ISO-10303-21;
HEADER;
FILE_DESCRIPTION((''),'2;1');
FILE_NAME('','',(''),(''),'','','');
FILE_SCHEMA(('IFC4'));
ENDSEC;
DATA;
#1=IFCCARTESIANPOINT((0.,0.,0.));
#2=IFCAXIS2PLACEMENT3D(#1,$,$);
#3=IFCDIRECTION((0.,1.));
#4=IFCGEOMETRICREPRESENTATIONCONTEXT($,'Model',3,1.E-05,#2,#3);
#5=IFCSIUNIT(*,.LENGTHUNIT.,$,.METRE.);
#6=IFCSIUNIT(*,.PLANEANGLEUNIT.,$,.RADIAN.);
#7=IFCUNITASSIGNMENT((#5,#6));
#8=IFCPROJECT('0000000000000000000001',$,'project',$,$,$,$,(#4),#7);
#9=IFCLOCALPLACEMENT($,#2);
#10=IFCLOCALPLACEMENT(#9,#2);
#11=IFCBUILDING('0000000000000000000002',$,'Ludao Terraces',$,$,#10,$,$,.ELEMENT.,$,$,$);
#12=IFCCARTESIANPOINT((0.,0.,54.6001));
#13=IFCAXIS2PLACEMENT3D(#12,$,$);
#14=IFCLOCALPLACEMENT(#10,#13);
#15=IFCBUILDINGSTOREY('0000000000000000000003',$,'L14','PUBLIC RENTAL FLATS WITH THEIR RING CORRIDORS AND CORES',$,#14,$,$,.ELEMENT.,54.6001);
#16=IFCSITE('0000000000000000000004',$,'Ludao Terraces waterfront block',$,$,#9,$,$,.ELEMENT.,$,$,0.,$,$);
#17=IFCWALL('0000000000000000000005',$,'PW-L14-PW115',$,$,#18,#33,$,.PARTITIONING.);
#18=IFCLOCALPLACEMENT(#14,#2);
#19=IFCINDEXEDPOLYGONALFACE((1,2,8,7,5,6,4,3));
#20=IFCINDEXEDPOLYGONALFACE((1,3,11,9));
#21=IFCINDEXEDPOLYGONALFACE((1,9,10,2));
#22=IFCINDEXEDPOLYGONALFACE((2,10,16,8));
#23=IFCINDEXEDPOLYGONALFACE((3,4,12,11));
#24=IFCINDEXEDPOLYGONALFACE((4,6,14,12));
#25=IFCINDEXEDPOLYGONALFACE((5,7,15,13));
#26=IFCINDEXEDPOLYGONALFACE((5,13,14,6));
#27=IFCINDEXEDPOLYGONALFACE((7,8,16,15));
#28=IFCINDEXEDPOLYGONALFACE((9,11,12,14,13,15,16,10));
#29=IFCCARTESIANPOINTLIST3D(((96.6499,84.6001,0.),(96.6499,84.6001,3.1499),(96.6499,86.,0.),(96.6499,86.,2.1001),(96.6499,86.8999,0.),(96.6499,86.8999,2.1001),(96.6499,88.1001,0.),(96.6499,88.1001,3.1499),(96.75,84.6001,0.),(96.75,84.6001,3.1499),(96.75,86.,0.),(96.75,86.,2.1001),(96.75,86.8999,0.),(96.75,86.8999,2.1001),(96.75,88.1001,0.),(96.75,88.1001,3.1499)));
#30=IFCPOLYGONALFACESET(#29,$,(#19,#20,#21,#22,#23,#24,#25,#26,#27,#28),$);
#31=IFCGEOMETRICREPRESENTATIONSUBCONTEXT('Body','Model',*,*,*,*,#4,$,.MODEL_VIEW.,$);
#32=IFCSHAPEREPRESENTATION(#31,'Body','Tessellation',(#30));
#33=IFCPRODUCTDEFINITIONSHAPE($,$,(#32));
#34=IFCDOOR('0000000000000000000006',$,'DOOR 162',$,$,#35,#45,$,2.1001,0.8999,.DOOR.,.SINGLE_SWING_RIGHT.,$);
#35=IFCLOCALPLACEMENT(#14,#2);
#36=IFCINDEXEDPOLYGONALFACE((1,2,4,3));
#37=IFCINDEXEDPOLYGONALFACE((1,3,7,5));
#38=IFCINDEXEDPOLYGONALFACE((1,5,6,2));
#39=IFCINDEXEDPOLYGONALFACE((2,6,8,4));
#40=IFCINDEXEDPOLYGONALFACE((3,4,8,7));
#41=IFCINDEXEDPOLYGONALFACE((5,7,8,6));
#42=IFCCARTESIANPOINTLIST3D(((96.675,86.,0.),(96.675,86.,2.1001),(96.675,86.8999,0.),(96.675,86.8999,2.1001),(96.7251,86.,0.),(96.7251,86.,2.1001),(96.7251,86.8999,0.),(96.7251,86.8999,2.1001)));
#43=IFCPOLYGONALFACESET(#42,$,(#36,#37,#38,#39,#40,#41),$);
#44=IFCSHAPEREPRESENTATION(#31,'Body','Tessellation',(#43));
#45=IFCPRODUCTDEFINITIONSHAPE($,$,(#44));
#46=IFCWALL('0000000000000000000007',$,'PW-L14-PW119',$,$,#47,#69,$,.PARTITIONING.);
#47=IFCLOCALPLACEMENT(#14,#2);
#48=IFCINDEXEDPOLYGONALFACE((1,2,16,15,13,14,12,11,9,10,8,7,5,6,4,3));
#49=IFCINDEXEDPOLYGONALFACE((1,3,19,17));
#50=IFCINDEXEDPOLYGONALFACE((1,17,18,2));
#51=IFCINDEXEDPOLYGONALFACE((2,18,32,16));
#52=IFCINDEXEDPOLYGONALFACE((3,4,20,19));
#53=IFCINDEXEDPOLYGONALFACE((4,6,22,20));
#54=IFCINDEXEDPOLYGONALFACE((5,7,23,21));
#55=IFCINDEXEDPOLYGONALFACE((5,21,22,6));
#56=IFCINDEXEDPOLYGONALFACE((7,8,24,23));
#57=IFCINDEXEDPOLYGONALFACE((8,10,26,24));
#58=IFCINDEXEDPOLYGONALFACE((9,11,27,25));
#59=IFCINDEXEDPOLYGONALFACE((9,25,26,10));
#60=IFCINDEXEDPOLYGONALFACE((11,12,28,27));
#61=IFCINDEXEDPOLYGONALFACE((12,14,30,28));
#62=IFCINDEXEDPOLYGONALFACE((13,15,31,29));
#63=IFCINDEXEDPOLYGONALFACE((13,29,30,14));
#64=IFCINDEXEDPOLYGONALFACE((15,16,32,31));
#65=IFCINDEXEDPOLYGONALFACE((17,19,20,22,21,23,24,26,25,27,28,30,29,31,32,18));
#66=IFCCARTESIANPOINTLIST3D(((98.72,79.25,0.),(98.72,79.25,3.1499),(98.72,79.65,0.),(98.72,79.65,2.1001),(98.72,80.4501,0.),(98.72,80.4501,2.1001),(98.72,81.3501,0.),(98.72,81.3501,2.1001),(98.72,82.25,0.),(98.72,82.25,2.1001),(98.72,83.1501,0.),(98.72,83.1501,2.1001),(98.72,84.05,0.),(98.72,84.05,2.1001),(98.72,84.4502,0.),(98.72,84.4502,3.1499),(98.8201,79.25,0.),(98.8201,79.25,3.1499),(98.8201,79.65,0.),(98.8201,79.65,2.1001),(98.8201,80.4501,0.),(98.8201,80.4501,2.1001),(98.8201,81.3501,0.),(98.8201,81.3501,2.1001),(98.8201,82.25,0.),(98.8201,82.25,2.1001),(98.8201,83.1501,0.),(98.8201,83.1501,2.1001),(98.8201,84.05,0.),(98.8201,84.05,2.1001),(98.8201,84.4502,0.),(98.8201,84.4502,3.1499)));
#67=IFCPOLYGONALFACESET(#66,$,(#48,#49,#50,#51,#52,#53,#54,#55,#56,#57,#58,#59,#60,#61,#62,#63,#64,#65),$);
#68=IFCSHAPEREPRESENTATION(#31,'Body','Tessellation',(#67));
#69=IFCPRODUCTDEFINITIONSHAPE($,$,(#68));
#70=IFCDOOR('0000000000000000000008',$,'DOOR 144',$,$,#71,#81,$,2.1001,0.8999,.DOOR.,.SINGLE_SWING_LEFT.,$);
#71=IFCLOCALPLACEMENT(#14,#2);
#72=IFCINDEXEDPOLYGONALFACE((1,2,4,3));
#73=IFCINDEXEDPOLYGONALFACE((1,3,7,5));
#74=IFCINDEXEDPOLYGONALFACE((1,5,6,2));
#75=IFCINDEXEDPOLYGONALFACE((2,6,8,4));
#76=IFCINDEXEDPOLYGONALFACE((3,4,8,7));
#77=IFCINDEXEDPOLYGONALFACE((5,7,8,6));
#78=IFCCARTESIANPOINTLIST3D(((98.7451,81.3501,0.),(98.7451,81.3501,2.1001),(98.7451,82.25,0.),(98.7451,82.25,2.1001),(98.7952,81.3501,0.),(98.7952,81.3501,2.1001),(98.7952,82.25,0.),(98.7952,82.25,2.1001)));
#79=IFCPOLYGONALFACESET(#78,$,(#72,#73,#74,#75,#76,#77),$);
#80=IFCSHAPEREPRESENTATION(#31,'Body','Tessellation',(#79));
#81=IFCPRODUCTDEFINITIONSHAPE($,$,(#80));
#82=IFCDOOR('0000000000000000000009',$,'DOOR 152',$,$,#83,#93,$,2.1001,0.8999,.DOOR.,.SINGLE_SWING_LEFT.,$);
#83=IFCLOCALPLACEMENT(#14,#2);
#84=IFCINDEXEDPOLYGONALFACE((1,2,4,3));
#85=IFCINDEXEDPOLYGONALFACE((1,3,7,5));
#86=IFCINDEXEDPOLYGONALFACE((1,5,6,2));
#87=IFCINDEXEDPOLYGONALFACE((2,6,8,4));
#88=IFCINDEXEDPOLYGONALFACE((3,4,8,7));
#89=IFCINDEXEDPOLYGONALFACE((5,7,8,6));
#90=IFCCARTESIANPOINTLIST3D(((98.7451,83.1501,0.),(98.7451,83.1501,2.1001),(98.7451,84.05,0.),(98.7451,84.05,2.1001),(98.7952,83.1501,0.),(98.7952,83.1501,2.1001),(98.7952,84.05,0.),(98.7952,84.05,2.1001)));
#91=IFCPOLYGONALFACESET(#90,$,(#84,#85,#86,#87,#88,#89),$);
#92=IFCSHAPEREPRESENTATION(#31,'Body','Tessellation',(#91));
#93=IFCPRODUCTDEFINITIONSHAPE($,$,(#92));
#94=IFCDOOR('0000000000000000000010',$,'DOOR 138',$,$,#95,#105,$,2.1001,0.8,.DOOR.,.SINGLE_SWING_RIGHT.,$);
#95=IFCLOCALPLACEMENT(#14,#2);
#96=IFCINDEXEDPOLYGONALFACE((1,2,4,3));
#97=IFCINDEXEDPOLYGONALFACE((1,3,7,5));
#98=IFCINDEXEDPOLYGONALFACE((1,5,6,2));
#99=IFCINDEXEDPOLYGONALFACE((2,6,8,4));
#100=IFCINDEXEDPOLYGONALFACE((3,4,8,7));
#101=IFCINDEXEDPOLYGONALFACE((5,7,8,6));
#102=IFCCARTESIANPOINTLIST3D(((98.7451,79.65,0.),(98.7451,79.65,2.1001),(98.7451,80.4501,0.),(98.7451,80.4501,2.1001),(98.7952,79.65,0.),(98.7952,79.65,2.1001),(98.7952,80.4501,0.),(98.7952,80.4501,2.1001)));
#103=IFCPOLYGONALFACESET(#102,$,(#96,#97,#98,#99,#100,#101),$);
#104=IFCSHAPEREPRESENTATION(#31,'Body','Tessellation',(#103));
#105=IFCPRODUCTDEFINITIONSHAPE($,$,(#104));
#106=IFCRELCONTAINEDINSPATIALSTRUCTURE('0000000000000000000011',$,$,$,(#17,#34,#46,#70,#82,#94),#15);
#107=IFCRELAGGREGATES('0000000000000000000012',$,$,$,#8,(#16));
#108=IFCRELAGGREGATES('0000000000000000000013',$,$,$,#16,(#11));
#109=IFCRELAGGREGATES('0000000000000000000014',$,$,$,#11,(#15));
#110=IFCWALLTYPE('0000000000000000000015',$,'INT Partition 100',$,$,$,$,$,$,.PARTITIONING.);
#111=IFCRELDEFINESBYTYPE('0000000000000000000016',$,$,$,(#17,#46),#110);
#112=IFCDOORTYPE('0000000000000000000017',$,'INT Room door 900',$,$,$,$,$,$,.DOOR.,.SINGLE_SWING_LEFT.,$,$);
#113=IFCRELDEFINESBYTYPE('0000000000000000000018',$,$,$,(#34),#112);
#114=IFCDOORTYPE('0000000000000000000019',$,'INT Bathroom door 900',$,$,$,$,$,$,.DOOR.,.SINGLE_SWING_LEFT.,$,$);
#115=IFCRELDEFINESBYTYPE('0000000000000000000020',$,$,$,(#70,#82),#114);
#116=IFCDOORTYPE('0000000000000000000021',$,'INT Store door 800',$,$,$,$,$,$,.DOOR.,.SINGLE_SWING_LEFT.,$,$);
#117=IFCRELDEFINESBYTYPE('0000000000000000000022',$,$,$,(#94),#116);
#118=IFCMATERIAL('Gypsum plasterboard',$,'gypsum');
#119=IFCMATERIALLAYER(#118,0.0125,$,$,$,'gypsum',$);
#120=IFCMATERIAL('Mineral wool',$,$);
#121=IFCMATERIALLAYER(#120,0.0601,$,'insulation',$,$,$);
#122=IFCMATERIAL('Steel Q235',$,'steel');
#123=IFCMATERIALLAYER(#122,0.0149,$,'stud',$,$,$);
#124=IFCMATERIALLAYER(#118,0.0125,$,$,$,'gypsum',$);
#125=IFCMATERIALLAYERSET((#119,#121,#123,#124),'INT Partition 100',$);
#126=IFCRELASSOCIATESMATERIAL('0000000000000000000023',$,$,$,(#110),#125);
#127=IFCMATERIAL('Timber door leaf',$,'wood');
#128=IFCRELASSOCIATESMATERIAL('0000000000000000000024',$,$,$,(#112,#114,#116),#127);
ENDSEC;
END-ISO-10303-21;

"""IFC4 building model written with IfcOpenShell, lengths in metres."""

from ifc_helpers import new_model, si_unit, direction, frame, frame_2d, origin, place, context, subcontext, project, spatial, rectangle, extrude, material, layer, layer_set, type_object, element, fill, save


model = new_model("IFC4")

# Units and contexts
model_context = context("Model", 3, precision=1e-05, world=origin(), true_north=direction((0.0, 1.0)))
body_context = subcontext(model_context, "Body", "Model", "MODEL_VIEW")
ifc_project = project(units=[si_unit("LENGTHUNIT", "METRE"), si_unit("PLANEANGLEUNIT", "RADIAN")], contexts=[model_context])

# Site, building, storey
site_placement = place(None, origin())
site = spatial("IfcSite", under=ifc_project, at=site_placement, Name="Ludao Terraces waterfront block", CompositionType="ELEMENT", RefElevation=0.0)
building_placement = place(site_placement, origin())
building = spatial("IfcBuilding", under=site, at=building_placement, Name="Ludao Terraces", CompositionType="ELEMENT")
storey_placement = place(building_placement, frame((0.0, 0.0, 54.6001)))
storey = spatial("IfcBuildingStorey", under=building, at=storey_placement, Name="L14", Description="PUBLIC RENTAL FLATS WITH THEIR RING CORRIDORS AND CORES", CompositionType="ELEMENT", Elevation=54.6001)

# Shared definitions
ifc_material_1 = material(Name="Steel Q235", Category="steel")

# Shared definitions
ifc_material_2 = material(Name="Gypsum plasterboard", Category="gypsum")
ifc_layer_1 = layer(ifc_material_2, 0.0125, Category="gypsum")
ifc_material_3 = material(Name="Mineral wool")
ifc_layer_2 = layer(ifc_material_3, 0.0601, Name="insulation")
ifc_layer_3 = layer(ifc_material_1, 0.0149, Name="stud")
ifc_layer_4 = layer(ifc_material_2, 0.0125, Category="gypsum")
ifc_layer_set_1 = layer_set([ifc_layer_1, ifc_layer_2, ifc_layer_3, ifc_layer_4], Name="INT Partition 100")
wall_type_1 = type_object("IfcWallType", Name="INT Partition 100", PredefinedType="PARTITIONING", material=ifc_layer_set_1)

# Wall, opening, door
ifc_material_4 = material(Name="Timber door leaf", Category="wood")
door_type_1 = type_object("IfcDoorType", Name="INT Room door 900", OperationType="SINGLE_SWING_LEFT", PredefinedType="DOOR", material=ifc_material_4)
wall_1_placement = place(storey_placement, frame((96.7, 84.6001, 0.0), z_axis=(0.0, 0.0, 1.0), x_axis=(0.0, 1.0, 0.0)))
wall_1 = element("IfcWall", 1, at=wall_1_placement, inside=storey, type_object=wall_type_1, Name="PW-L14-PW115", PredefinedType="PARTITIONING", context=body_context, shape_type="SweptSolid", body=[
    extrude(rectangle(XDim=3.5, YDim=0.1001, at=frame_2d((1.75, 0.0))), origin(), (0.0, 0.0, 1.0), 3.1499),
])
opening_1_placement = place(wall_1_placement, frame((1.3999, 0.0, 0.0)))
opening_1 = element("IfcOpeningElement", 2, at=opening_1_placement, cuts=wall_1, PredefinedType="OPENING", context=body_context, shape_type="SweptSolid", body=[
    extrude(rectangle(XDim=0.8999, YDim=2.1001, at=frame_2d((0.45, 1.05))), frame((0.0, 0.0601, 0.0), z_axis=(0.0, -1.0, 0.0), x_axis=(1.0, 0.0, 0.0)), (0.0, 0.0, 1.0), 0.1201),
])
door_1_placement = place(opening_1_placement, origin())
door_1 = element("IfcDoor", 3, at=door_1_placement, inside=storey, type_object=door_type_1, Name="DOOR 162", OperationType="SINGLE_SWING_RIGHT", OverallHeight=2.1001, OverallWidth=0.8999, PredefinedType="DOOR", context=body_context, shape_type="SweptSolid", body=[
    extrude(rectangle(XDim=0.8999, YDim=2.1001, at=frame_2d((0.45, 1.05))), frame((0.0, 0.0249, 0.0), z_axis=(0.0, -1.0, 0.0), x_axis=(1.0, 0.0, 0.0)), (0.0, 0.0, 1.0), 0.05),
])
fill(opening_1, door_1)

# Wall, openings, doors
wall_2_placement = place(storey_placement, frame((98.77, 79.25, 0.0), z_axis=(0.0, 0.0, 1.0), x_axis=(0.0, 1.0, 0.0)))
wall_2 = element("IfcWall", 4, at=wall_2_placement, inside=storey, type_object=wall_type_1, Name="PW-L14-PW119", PredefinedType="PARTITIONING", context=body_context, shape_type="SweptSolid", body=[
    extrude(rectangle(XDim=5.2002, YDim=0.1001, at=frame_2d((2.6001, 0.0))), origin(), (0.0, 0.0, 1.0), 3.1499),
])
opening_2_placement = place(wall_2_placement, frame((0.4001, 0.0, 0.0)))
opening_2 = element("IfcOpeningElement", 5, at=opening_2_placement, cuts=wall_2, PredefinedType="OPENING", context=body_context, shape_type="SweptSolid", body=[
    extrude(rectangle(XDim=0.8, YDim=2.1001, at=frame_2d((0.3999, 1.05))), frame((0.0, 0.0601, 0.0), z_axis=(0.0, -1.0, 0.0), x_axis=(1.0, 0.0, 0.0)), (0.0, 0.0, 1.0), 0.1201),
])
opening_3_placement = place(wall_2_placement, frame((2.1001, 0.0, 0.0)))
opening_3 = element("IfcOpeningElement", 6, at=opening_3_placement, cuts=wall_2, PredefinedType="OPENING", context=body_context, shape_type="SweptSolid", body=[
    extrude(rectangle(XDim=0.8999, YDim=2.1001, at=frame_2d((0.45, 1.05))), frame((0.0, 0.0601, 0.0), z_axis=(0.0, -1.0, 0.0), x_axis=(1.0, 0.0, 0.0)), (0.0, 0.0, 1.0), 0.1201),
])
opening_4_placement = place(wall_2_placement, frame((3.9001, 0.0, 0.0)))
opening_4 = element("IfcOpeningElement", 7, at=opening_4_placement, cuts=wall_2, PredefinedType="OPENING", context=body_context, shape_type="SweptSolid", body=[
    extrude(rectangle(XDim=0.8999, YDim=2.1001, at=frame_2d((0.45, 1.05))), frame((0.0, 0.0601, 0.0), z_axis=(0.0, -1.0, 0.0), x_axis=(1.0, 0.0, 0.0)), (0.0, 0.0, 1.0), 0.1201),
])
door_type_2 = type_object("IfcDoorType", Name="INT Bathroom door 900", OperationType="SINGLE_SWING_LEFT", PredefinedType="DOOR", material=ifc_material_4)
door_2_placement = place(opening_3_placement, origin())
door_2 = element("IfcDoor", 8, at=door_2_placement, inside=storey, type_object=door_type_2, Name="DOOR 144", OperationType="SINGLE_SWING_LEFT", OverallHeight=2.1001, OverallWidth=0.8999, PredefinedType="DOOR", context=body_context, shape_type="SweptSolid", body=[
    extrude(rectangle(XDim=0.8999, YDim=2.1001, at=frame_2d((0.45, 1.05))), frame((0.0, 0.0249, 0.0), z_axis=(0.0, -1.0, 0.0), x_axis=(1.0, 0.0, 0.0)), (0.0, 0.0, 1.0), 0.05),
])
fill(opening_3, door_2)
door_3_placement = place(opening_4_placement, origin())
door_3 = element("IfcDoor", 9, at=door_3_placement, inside=storey, type_object=door_type_2, Name="DOOR 152", OperationType="SINGLE_SWING_LEFT", OverallHeight=2.1001, OverallWidth=0.8999, PredefinedType="DOOR", context=body_context, shape_type="SweptSolid", body=[
    extrude(rectangle(XDim=0.8999, YDim=2.1001, at=frame_2d((0.45, 1.05))), frame((0.0, 0.0249, 0.0), z_axis=(0.0, -1.0, 0.0), x_axis=(1.0, 0.0, 0.0)), (0.0, 0.0, 1.0), 0.05),
])
fill(opening_4, door_3)
door_type_3 = type_object("IfcDoorType", Name="INT Store door 800", OperationType="SINGLE_SWING_LEFT", PredefinedType="DOOR", material=ifc_material_4)
door_4_placement = place(opening_2_placement, origin())
door_4 = element("IfcDoor", 10, at=door_4_placement, inside=storey, type_object=door_type_3, Name="DOOR 138", OperationType="SINGLE_SWING_RIGHT", OverallHeight=2.1001, OverallWidth=0.8, PredefinedType="DOOR", context=body_context, shape_type="SweptSolid", body=[
    extrude(rectangle(XDim=0.8, YDim=2.1001, at=frame_2d((0.3999, 1.05))), frame((0.0, 0.0249, 0.0), z_axis=(0.0, -1.0, 0.0), x_axis=(1.0, 0.0, 0.0)), (0.0, 0.0, 1.0), 0.05),
])
fill(opening_2, door_4)

save(model, "model.ifc")
